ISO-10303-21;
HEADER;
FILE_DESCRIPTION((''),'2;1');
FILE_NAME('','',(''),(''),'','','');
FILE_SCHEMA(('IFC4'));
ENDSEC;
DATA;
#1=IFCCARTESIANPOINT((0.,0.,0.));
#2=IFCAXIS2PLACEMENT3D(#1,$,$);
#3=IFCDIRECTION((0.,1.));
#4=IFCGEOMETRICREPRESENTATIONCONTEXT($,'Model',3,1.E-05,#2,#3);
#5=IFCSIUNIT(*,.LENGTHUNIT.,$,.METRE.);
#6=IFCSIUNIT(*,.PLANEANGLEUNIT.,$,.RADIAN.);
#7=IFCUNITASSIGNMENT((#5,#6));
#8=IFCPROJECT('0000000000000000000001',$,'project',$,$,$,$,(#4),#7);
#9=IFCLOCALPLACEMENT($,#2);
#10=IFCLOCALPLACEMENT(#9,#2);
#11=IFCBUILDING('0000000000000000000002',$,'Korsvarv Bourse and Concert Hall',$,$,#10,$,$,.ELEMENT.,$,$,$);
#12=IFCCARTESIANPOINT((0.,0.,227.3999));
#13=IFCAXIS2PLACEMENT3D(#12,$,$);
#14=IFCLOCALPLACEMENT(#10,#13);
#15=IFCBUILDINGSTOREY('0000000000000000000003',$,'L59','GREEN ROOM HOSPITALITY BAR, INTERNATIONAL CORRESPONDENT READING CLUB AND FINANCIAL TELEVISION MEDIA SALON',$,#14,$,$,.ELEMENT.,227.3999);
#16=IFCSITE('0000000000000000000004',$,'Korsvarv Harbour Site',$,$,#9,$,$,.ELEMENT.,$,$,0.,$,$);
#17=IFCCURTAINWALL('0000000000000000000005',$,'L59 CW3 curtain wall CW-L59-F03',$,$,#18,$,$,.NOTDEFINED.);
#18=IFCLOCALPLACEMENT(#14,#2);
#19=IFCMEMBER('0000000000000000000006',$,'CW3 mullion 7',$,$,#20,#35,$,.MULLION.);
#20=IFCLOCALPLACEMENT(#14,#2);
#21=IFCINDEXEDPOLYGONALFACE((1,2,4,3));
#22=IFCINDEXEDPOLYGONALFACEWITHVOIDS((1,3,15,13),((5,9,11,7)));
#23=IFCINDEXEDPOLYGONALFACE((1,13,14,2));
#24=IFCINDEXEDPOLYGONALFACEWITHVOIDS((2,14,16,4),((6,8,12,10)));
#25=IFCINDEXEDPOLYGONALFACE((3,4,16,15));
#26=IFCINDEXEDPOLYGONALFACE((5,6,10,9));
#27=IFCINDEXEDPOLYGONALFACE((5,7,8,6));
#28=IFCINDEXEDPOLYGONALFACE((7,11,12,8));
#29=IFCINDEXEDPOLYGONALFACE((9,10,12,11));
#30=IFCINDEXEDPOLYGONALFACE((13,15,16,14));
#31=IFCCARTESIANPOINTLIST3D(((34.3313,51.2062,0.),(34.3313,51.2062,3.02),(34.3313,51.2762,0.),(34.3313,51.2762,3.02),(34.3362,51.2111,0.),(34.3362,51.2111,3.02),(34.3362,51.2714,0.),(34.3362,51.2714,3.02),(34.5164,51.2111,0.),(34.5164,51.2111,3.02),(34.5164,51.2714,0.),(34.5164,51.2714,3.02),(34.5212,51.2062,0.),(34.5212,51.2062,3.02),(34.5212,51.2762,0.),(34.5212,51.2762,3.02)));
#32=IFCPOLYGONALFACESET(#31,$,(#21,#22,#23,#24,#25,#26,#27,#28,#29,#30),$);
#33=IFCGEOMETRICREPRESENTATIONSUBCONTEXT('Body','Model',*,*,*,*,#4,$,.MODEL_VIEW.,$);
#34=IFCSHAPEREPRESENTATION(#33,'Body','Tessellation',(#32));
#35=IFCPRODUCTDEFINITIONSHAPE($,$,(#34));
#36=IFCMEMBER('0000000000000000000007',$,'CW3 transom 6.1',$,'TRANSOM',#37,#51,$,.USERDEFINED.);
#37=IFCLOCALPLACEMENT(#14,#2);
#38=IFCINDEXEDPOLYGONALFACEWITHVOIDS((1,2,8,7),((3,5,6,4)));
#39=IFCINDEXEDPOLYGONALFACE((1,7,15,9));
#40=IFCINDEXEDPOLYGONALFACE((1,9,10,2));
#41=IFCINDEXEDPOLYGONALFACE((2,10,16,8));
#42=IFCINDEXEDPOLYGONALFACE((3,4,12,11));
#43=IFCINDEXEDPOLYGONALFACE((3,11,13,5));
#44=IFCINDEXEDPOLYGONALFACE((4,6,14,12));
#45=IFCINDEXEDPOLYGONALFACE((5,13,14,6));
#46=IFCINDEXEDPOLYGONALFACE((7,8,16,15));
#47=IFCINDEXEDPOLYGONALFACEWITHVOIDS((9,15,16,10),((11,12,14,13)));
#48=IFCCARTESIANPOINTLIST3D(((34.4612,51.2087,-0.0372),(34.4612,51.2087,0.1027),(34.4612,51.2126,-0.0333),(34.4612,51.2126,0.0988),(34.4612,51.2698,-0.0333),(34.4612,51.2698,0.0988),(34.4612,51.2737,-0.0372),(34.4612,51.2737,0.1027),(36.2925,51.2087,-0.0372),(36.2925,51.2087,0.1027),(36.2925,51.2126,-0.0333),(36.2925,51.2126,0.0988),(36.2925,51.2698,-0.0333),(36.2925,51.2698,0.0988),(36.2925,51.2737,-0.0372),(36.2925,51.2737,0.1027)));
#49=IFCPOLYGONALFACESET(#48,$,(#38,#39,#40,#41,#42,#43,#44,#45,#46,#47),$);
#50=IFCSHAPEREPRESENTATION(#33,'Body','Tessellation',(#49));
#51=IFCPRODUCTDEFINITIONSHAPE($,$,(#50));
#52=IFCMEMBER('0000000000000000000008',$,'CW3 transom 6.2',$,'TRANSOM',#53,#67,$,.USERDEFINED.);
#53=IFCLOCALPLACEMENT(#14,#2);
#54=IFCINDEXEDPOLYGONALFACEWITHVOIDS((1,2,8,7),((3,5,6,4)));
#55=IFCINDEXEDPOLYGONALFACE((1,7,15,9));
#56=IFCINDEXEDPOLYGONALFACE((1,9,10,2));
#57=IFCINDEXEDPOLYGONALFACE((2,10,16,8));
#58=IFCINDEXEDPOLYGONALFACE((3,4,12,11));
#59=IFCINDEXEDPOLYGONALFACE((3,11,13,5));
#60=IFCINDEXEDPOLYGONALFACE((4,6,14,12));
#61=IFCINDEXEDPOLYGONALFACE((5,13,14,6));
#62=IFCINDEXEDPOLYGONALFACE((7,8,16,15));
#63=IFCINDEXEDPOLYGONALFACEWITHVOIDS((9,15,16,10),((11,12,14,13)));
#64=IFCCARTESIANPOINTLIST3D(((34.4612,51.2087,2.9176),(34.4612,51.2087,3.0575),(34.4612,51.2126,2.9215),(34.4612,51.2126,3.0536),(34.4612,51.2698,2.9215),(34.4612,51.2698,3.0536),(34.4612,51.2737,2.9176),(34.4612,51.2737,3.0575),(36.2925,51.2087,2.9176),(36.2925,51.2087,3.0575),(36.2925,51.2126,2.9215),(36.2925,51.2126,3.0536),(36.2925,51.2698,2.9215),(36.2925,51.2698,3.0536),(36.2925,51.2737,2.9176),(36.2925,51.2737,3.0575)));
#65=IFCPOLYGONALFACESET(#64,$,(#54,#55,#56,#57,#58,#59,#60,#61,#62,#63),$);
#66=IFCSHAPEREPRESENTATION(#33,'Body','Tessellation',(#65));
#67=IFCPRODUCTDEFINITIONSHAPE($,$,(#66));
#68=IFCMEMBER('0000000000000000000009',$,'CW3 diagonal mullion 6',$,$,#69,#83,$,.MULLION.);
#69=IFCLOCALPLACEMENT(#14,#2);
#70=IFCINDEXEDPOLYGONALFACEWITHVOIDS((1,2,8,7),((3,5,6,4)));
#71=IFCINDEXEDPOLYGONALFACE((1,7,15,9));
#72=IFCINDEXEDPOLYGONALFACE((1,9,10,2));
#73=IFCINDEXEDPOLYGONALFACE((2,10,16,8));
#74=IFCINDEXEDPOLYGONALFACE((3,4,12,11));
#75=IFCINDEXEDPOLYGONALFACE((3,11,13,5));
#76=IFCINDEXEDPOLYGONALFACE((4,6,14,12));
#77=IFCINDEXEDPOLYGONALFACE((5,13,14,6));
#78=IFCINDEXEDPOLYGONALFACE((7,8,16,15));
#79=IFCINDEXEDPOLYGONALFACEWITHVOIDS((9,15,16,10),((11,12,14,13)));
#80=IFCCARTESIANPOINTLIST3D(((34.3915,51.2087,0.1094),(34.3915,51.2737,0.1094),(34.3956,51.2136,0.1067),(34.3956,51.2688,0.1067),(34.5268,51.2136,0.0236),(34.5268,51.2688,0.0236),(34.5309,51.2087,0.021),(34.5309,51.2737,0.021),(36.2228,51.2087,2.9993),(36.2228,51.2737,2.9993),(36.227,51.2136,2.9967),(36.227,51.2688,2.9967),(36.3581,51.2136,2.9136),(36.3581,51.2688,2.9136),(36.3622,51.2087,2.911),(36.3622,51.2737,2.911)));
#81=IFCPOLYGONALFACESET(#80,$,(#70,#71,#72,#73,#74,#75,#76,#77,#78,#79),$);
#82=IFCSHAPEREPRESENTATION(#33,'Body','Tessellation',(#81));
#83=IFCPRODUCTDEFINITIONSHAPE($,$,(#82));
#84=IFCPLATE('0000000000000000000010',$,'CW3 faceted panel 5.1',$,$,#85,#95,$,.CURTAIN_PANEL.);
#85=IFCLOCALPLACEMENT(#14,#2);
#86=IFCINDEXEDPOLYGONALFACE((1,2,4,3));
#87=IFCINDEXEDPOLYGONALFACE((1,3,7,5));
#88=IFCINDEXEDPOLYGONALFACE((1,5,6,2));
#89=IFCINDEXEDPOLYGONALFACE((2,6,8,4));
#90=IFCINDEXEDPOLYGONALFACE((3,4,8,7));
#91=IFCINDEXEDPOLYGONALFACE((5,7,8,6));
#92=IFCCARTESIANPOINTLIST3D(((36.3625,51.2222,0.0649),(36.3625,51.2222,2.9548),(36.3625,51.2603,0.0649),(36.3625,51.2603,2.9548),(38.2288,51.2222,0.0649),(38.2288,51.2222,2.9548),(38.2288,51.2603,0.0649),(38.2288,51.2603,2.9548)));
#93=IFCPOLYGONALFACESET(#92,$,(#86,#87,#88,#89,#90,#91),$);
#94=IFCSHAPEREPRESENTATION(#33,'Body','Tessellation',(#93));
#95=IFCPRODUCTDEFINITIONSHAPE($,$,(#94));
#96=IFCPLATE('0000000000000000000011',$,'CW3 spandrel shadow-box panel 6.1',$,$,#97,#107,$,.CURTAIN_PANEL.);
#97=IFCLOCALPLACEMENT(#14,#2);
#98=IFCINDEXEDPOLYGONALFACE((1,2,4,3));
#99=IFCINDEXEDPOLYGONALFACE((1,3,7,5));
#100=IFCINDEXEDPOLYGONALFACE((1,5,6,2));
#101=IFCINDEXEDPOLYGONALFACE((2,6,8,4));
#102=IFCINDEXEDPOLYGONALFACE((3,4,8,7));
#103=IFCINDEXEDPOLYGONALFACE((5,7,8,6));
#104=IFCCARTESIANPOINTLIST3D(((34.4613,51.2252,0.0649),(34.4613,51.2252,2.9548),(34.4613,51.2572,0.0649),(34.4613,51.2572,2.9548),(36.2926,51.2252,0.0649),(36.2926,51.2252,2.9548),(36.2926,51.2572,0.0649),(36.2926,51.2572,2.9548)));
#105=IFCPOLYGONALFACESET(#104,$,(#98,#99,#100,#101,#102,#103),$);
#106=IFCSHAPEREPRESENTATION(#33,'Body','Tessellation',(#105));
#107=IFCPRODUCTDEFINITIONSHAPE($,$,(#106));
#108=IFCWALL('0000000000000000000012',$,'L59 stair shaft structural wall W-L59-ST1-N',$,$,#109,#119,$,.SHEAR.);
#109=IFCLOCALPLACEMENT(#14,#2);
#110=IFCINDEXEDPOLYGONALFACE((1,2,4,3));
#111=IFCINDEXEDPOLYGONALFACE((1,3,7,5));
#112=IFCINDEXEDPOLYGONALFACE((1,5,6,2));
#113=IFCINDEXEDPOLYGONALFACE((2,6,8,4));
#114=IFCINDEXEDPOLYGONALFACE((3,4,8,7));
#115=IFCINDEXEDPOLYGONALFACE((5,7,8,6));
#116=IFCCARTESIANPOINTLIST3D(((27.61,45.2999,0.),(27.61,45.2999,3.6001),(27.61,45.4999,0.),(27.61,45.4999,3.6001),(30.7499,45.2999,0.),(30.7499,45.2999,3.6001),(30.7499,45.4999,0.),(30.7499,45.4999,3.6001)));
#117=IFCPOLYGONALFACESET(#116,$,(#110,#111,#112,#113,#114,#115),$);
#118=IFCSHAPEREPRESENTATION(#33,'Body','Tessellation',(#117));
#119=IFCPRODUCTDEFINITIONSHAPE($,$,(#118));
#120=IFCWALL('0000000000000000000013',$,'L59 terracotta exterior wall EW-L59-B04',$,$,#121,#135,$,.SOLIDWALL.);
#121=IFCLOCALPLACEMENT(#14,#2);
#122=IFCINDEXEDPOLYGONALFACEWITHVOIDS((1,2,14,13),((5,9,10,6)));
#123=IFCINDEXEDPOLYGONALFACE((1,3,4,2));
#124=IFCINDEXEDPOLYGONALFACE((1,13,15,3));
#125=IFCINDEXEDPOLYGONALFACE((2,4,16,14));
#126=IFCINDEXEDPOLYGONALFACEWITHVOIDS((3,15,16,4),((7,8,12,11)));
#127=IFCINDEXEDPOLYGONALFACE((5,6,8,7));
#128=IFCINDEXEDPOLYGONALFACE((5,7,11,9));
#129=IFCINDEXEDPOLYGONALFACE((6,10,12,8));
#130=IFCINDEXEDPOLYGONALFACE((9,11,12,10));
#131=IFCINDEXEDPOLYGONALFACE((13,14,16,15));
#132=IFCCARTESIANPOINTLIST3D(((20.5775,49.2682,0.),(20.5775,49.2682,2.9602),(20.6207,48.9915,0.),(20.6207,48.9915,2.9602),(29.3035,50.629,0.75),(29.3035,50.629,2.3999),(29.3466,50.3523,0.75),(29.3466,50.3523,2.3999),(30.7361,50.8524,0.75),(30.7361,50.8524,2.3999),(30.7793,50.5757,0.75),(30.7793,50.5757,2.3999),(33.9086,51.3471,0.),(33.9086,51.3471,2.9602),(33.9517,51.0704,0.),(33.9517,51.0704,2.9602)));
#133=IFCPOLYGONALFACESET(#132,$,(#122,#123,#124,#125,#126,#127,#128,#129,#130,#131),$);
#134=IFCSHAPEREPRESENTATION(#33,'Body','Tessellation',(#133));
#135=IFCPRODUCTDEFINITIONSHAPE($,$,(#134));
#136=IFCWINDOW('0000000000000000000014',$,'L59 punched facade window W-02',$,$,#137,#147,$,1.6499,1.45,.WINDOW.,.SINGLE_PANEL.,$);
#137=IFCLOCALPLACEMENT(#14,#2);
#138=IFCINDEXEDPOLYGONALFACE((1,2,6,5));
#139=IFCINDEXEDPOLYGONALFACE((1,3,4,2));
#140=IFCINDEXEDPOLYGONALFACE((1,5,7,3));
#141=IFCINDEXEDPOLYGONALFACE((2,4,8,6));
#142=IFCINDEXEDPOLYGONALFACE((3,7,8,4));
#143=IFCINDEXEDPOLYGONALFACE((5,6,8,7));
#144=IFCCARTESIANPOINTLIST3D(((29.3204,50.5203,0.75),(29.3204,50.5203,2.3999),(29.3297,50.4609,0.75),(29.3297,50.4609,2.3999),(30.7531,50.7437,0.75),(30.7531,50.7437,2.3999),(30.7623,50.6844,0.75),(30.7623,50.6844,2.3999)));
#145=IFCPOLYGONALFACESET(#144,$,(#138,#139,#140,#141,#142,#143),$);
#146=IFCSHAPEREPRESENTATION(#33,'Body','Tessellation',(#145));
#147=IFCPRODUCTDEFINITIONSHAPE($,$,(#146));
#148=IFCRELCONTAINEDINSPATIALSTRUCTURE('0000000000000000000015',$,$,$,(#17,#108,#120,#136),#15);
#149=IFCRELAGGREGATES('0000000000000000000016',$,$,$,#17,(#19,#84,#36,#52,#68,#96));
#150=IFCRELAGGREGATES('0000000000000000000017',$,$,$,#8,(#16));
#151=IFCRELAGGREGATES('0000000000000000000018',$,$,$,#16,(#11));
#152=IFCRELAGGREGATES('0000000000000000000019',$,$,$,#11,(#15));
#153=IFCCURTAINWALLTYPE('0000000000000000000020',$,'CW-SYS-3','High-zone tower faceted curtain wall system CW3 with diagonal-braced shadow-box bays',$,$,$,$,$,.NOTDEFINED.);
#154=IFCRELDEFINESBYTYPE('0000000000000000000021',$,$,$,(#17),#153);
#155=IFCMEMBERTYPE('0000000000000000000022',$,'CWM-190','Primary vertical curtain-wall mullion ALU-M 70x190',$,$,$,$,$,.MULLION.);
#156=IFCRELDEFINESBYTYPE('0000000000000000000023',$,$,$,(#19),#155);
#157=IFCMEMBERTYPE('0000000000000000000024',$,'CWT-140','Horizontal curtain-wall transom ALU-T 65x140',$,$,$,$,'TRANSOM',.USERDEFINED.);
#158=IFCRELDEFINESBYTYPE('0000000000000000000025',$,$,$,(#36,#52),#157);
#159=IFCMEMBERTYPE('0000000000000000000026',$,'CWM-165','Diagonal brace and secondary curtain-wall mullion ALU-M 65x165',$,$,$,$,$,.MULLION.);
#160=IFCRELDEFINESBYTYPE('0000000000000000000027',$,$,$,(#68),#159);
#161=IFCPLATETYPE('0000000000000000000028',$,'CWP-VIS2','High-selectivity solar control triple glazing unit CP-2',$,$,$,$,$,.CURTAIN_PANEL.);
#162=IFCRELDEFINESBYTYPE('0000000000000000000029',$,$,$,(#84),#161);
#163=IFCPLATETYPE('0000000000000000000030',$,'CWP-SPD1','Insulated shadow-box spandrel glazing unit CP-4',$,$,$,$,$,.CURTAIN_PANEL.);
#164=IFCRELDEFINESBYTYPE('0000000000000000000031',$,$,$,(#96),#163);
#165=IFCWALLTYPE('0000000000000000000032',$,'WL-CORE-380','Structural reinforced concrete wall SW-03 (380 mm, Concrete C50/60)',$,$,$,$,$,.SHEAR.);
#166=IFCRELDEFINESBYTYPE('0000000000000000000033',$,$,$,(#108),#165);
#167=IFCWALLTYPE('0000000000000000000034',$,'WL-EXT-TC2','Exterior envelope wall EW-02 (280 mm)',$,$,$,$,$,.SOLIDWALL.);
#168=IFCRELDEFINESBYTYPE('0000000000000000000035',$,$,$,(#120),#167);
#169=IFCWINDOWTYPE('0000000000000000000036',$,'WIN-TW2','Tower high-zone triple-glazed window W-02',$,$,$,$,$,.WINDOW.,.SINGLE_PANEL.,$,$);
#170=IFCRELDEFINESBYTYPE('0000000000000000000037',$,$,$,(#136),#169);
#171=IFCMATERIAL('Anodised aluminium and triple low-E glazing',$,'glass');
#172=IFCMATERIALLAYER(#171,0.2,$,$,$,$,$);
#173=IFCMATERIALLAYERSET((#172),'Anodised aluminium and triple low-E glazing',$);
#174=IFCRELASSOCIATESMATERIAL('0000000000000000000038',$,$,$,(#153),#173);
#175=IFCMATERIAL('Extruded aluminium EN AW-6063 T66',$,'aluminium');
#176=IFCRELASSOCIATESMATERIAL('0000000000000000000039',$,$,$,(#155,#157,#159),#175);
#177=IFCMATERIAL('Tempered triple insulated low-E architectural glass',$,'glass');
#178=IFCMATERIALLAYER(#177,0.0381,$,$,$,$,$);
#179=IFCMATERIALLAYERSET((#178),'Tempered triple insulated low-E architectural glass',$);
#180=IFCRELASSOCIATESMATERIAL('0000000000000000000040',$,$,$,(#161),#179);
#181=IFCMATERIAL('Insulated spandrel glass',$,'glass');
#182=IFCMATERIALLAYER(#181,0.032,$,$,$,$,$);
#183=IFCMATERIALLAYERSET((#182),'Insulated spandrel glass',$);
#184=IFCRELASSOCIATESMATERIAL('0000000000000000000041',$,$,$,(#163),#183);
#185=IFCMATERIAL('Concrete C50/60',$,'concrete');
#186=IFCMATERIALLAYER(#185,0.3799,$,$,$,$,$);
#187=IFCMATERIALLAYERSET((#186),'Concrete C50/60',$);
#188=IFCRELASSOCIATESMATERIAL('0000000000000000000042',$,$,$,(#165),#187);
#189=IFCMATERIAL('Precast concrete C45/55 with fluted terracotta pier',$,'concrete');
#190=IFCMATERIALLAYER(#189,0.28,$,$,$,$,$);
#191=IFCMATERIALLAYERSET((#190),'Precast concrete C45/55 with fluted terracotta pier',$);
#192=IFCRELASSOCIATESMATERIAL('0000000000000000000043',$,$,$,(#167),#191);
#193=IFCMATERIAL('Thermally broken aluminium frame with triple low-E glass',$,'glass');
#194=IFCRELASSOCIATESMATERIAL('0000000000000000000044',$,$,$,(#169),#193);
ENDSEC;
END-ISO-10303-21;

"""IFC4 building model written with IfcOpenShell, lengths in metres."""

from ifc_helpers import new_model, si_unit, direction, frame, frame_2d, origin, origin_2d, place, context, subcontext, project, spatial, rectangle, hollow_rectangle, extrude, source, transform, mapped, material, layer, layer_set, material_profile, profile_set, type_object, element, fill, aggregate, save


model = new_model("IFC4")

# Units and contexts
model_context = context("Model", 3, precision=1e-05, world=origin(), true_north=direction((0.0, 1.0)))
body_context = subcontext(model_context, "Body", "Model", "MODEL_VIEW")
ifc_project = project(units=[si_unit("LENGTHUNIT", "METRE"), si_unit("PLANEANGLEUNIT", "RADIAN")], contexts=[model_context])

# Site, building, storey
site_placement = place(None, origin())
site = spatial("IfcSite", under=ifc_project, at=site_placement, Name="Korsvarv Harbour Site", CompositionType="ELEMENT", RefElevation=0.0)
building_placement = place(site_placement, origin())
building = spatial("IfcBuilding", under=site, at=building_placement, Name="Korsvarv Bourse and Concert Hall", CompositionType="ELEMENT")
storey_placement = place(building_placement, frame((0.0, 0.0, 227.3999)))
storey = spatial("IfcBuildingStorey", under=building, at=storey_placement, Name="L59", Description="GREEN ROOM HOSPITALITY BAR, INTERNATIONAL CORRESPONDENT READING CLUB AND FINANCIAL TELEVISION MEDIA SALON", CompositionType="ELEMENT", Elevation=227.3999)

# Curtain wall, members, plates
ifc_material_1 = material(Name="Anodised aluminium and triple low-E glazing", Category="glass")
ifc_layer_1 = layer(ifc_material_1, 0.2)
ifc_layer_set_1 = layer_set([ifc_layer_1], Name="Anodised aluminium and triple low-E glazing")
curtain_wall_type = type_object("IfcCurtainWallType", Name="CW-SYS-3", Description="High-zone tower faceted curtain wall system CW3 with diagonal-braced shadow-box bays", PredefinedType="NOTDEFINED", material=ifc_layer_set_1)
curtain_wall_placement = place(storey_placement, origin())
curtain_wall = element("IfcCurtainWall", 1, at=curtain_wall_placement, inside=storey, type_object=curtain_wall_type, Name="L59 CW3 curtain wall CW-L59-F03", PredefinedType="NOTDEFINED")
ifc_material_2 = material(Name="Extruded aluminium EN AW-6063 T66", Category="aluminium")
ifc_material_profile_1 = material_profile(ifc_material_2, hollow_rectangle(XDim=0.0701, YDim=0.1899, WallThickness=0.0049, at=origin_2d()), Name="ALU-M 70x190")
ifc_profile_set_1 = profile_set([ifc_material_profile_1], Name="Extruded aluminium EN AW-6063 T66")
member_type_1 = type_object("IfcMemberType", Name="CWM-190", Description="Primary vertical curtain-wall mullion ALU-M 70x190", PredefinedType="MULLION", material=ifc_profile_set_1)
shared_shape_1 = source(origin(), body_context, "Body", "SweptSolid", [
    extrude(hollow_rectangle(XDim=0.0701, YDim=0.1899, WallThickness=0.0049, at=origin_2d()), origin(), (0.0, 0.0, 1.0), 3.02),
])
member_1_placement = place(storey_placement, frame((34.4263, 51.2412, 0.0), z_axis=(0.0, 0.0, 1.0), x_axis=(0.0, -1.0, 0.0)))
member_1 = element("IfcMember", 2, at=member_1_placement, type_object=member_type_1, Name="CW3 mullion 7", PredefinedType="MULLION", context=body_context, shape_type="MappedRepresentation", body=[
    mapped(shared_shape_1, transform((0.0, 0.0, 0.0), scale=1.0)),
])
ifc_material_profile_2 = material_profile(ifc_material_2, hollow_rectangle(XDim=0.0649, YDim=0.1399, WallThickness=0.0039, at=origin_2d()), Name="ALU-T 65x140")
ifc_profile_set_2 = profile_set([ifc_material_profile_2], Name="Extruded aluminium EN AW-6063 T66")
member_type_2 = type_object("IfcMemberType", Name="CWT-140", Description="Horizontal curtain-wall transom ALU-T 65x140", ElementType="TRANSOM", PredefinedType="USERDEFINED", material=ifc_profile_set_2)
shared_shape_2 = source(origin(), body_context, "Body", "SweptSolid", [
    extrude(hollow_rectangle(XDim=0.0649, YDim=0.1399, WallThickness=0.0039, at=origin_2d()), origin(), (0.0, 0.0, 1.0), 1.8313),
])
member_2_placement = place(storey_placement, frame((36.2925, 51.2412, 0.0327), z_axis=(-1.0, 0.0, 0.0), x_axis=(0.0, -1.0, 0.0)))
member_2 = element("IfcMember", 3, at=member_2_placement, type_object=member_type_2, Name="CW3 transom 6.1", ObjectType="TRANSOM", PredefinedType="USERDEFINED", context=body_context, shape_type="MappedRepresentation", body=[
    mapped(shared_shape_2, transform((0.0, 0.0, 0.0), scale=1.0)),
])
member_3_placement = place(storey_placement, frame((36.2925, 51.2412, 2.9875), z_axis=(-1.0, 0.0, 0.0), x_axis=(0.0, -1.0, 0.0)))
member_3 = element("IfcMember", 4, at=member_3_placement, type_object=member_type_2, Name="CW3 transom 6.2", ObjectType="TRANSOM", PredefinedType="USERDEFINED", context=body_context, shape_type="MappedRepresentation", body=[
    mapped(shared_shape_2, transform((0.0, 0.0, 0.0), scale=1.0)),
])
ifc_material_profile_3 = material_profile(ifc_material_2, hollow_rectangle(XDim=0.0649, YDim=0.165, WallThickness=0.0049, at=origin_2d()), Name="ALU-M 65x165")
ifc_profile_set_3 = profile_set([ifc_material_profile_3], Name="Extruded aluminium EN AW-6063 T66")
member_type_3 = type_object("IfcMemberType", Name="CWM-165", Description="Diagonal brace and secondary curtain-wall mullion ALU-M 65x165", PredefinedType="MULLION", material=ifc_profile_set_3)
shared_shape_3 = source(origin(), body_context, "Body", "SweptSolid", [
    extrude(hollow_rectangle(XDim=0.0649, YDim=0.165, WallThickness=0.0049, at=origin_2d()), origin(), (0.0, 0.0, 1.0), 3.4214),
])
member_4_placement = place(storey_placement, frame((34.4612, 51.2412, 0.0652), z_axis=(0.535268, 0.0, 0.844682), x_axis=(0.0, 1.0, 0.0)))
member_4 = element("IfcMember", 5, at=member_4_placement, type_object=member_type_3, Name="CW3 diagonal mullion 6", PredefinedType="MULLION", context=body_context, shape_type="MappedRepresentation", body=[
    mapped(shared_shape_3, transform((0.0, 0.0, 0.0), scale=1.0)),
])
ifc_material_3 = material(Name="Tempered triple insulated low-E architectural glass", Category="glass")
ifc_layer_2 = layer(ifc_material_3, 0.0381)
ifc_layer_set_2 = layer_set([ifc_layer_2], Name="Tempered triple insulated low-E architectural glass")
plate_type_1 = type_object("IfcPlateType", Name="CWP-VIS2", Description="High-selectivity solar control triple glazing unit CP-2", PredefinedType="CURTAIN_PANEL", material=ifc_layer_set_2)
shared_shape_4 = source(origin(), body_context, "Body", "SweptSolid", [
    extrude(rectangle(XDim=1.8662, YDim=0.0381, at=origin_2d()), origin(), (0.0, 0.0, 1.0), 2.8899),
])
plate_1_placement = place(storey_placement, frame((37.2957, 51.2412, 0.0649), z_axis=(0.0, 0.0, 1.0), x_axis=(-1.0, 0.0, 0.0)))
plate_1 = element("IfcPlate", 6, at=plate_1_placement, type_object=plate_type_1, Name="CW3 faceted panel 5.1", PredefinedType="CURTAIN_PANEL", context=body_context, shape_type="MappedRepresentation", body=[
    mapped(shared_shape_4, transform((0.0, 0.0, 0.0), scale=1.0)),
])
ifc_material_4 = material(Name="Insulated spandrel glass", Category="glass")
ifc_layer_3 = layer(ifc_material_4, 0.032)
ifc_layer_set_3 = layer_set([ifc_layer_3], Name="Insulated spandrel glass")
plate_type_2 = type_object("IfcPlateType", Name="CWP-SPD1", Description="Insulated shadow-box spandrel glazing unit CP-4", PredefinedType="CURTAIN_PANEL", material=ifc_layer_set_3)
shared_shape_5 = source(origin(), body_context, "Body", "SweptSolid", [
    extrude(rectangle(XDim=1.8313, YDim=0.032, at=origin_2d()), origin(), (0.0, 0.0, 1.0), 2.8899),
])
plate_2_placement = place(storey_placement, frame((35.377, 51.2412, 0.0649), z_axis=(0.0, 0.0, 1.0), x_axis=(-1.0, 0.0, 0.0)))
plate_2 = element("IfcPlate", 7, at=plate_2_placement, type_object=plate_type_2, Name="CW3 spandrel shadow-box panel 6.1", PredefinedType="CURTAIN_PANEL", context=body_context, shape_type="MappedRepresentation", body=[
    mapped(shared_shape_5, transform((0.0, 0.0, 0.0), scale=1.0)),
])
aggregate(curtain_wall, [member_1, plate_1, member_2, member_3, member_4, plate_2])

# Wall
ifc_material_5 = material(Name="Concrete C50/60", Category="concrete")
ifc_layer_4 = layer(ifc_material_5, 0.3799)
ifc_layer_set_4 = layer_set([ifc_layer_4], Name="Concrete C50/60")
wall_type_1 = type_object("IfcWallType", Name="WL-CORE-380", Description="Structural reinforced concrete wall SW-03 (380 mm, Concrete C50/60)", PredefinedType="SHEAR", material=ifc_layer_set_4)
wall_1_placement = place(storey_placement, frame((27.6101, 45.3999, 0.0), z_axis=(0.0, 0.0, 1.0), x_axis=(1.0, 0.0, 0.0)))
element("IfcWall", 8, at=wall_1_placement, inside=storey, type_object=wall_type_1, Name="L59 stair shaft structural wall W-L59-ST1-N", PredefinedType="SHEAR", context=body_context, shape_type="SweptSolid", body=[
    extrude(rectangle(XDim=3.1399, YDim=0.2, at=frame_2d((1.5698, 0.0))), origin(), (0.0, 0.0, 1.0), 3.6001),
])

# Wall, opening, window
ifc_material_6 = material(Name="Precast concrete C45/55 with fluted terracotta pier", Category="concrete")
ifc_layer_5 = layer(ifc_material_6, 0.28)
ifc_layer_set_5 = layer_set([ifc_layer_5], Name="Precast concrete C45/55 with fluted terracotta pier")
wall_type_2 = type_object("IfcWallType", Name="WL-EXT-TC2", Description="Exterior envelope wall EW-02 (280 mm)", PredefinedType="SOLIDWALL", material=ifc_layer_set_5)
wall_2_placement = place(storey_placement, frame((33.9302, 51.2087, 0.0), z_axis=(0.0, 0.0, 1.0), x_axis=(-0.988059, -0.154079, 0.0)))
wall_2 = element("IfcWall", 9, at=wall_2_placement, inside=storey, type_object=wall_type_2, Name="L59 terracotta exterior wall EW-L59-B04", PredefinedType="SOLIDWALL", context=body_context, shape_type="SweptSolid", body=[
    extrude(rectangle(XDim=13.4922, YDim=0.28, at=frame_2d((6.7461, 0.0))), origin(), (0.0, 0.0, 1.0), 2.9602),
])
opening_1_placement = place(wall_2_placement, frame((3.2107, 0.0, 0.75)))
opening_1 = element("IfcOpeningElement", 10, at=opening_1_placement, cuts=wall_2, PredefinedType="OPENING", context=body_context, shape_type="SweptSolid", body=[
    extrude(rectangle(XDim=1.45, YDim=1.6499, at=frame_2d((0.7251, 0.825))), frame((0.0, 0.1499, 0.0), z_axis=(0.0, -1.0, 0.0), x_axis=(1.0, 0.0, 0.0)), (0.0, 0.0, 1.0), 0.3),
])
ifc_material_7 = material(Name="Thermally broken aluminium frame with triple low-E glass", Category="glass")
window_type = type_object("IfcWindowType", Name="WIN-TW2", Description="Tower high-zone triple-glazed window W-02", PartitioningType="SINGLE_PANEL", PredefinedType="WINDOW", material=ifc_material_7)
window_placement = place(opening_1_placement, origin())
window = element("IfcWindow", 11, at=window_placement, inside=storey, type_object=window_type, Name="L59 punched facade window W-02", OverallHeight=1.6499, OverallWidth=1.45, PartitioningType="SINGLE_PANEL", PredefinedType="WINDOW", context=body_context, shape_type="SweptSolid", body=[
    extrude(rectangle(XDim=1.45, YDim=1.6499, at=frame_2d((0.7251, 0.825))), frame((0.0, 0.03, 0.0), z_axis=(0.0, -1.0, 0.0), x_axis=(1.0, 0.0, 0.0)), (0.0, 0.0, 1.0), 0.0601),
])
fill(opening_1, window)

save(model, "model.ifc")
